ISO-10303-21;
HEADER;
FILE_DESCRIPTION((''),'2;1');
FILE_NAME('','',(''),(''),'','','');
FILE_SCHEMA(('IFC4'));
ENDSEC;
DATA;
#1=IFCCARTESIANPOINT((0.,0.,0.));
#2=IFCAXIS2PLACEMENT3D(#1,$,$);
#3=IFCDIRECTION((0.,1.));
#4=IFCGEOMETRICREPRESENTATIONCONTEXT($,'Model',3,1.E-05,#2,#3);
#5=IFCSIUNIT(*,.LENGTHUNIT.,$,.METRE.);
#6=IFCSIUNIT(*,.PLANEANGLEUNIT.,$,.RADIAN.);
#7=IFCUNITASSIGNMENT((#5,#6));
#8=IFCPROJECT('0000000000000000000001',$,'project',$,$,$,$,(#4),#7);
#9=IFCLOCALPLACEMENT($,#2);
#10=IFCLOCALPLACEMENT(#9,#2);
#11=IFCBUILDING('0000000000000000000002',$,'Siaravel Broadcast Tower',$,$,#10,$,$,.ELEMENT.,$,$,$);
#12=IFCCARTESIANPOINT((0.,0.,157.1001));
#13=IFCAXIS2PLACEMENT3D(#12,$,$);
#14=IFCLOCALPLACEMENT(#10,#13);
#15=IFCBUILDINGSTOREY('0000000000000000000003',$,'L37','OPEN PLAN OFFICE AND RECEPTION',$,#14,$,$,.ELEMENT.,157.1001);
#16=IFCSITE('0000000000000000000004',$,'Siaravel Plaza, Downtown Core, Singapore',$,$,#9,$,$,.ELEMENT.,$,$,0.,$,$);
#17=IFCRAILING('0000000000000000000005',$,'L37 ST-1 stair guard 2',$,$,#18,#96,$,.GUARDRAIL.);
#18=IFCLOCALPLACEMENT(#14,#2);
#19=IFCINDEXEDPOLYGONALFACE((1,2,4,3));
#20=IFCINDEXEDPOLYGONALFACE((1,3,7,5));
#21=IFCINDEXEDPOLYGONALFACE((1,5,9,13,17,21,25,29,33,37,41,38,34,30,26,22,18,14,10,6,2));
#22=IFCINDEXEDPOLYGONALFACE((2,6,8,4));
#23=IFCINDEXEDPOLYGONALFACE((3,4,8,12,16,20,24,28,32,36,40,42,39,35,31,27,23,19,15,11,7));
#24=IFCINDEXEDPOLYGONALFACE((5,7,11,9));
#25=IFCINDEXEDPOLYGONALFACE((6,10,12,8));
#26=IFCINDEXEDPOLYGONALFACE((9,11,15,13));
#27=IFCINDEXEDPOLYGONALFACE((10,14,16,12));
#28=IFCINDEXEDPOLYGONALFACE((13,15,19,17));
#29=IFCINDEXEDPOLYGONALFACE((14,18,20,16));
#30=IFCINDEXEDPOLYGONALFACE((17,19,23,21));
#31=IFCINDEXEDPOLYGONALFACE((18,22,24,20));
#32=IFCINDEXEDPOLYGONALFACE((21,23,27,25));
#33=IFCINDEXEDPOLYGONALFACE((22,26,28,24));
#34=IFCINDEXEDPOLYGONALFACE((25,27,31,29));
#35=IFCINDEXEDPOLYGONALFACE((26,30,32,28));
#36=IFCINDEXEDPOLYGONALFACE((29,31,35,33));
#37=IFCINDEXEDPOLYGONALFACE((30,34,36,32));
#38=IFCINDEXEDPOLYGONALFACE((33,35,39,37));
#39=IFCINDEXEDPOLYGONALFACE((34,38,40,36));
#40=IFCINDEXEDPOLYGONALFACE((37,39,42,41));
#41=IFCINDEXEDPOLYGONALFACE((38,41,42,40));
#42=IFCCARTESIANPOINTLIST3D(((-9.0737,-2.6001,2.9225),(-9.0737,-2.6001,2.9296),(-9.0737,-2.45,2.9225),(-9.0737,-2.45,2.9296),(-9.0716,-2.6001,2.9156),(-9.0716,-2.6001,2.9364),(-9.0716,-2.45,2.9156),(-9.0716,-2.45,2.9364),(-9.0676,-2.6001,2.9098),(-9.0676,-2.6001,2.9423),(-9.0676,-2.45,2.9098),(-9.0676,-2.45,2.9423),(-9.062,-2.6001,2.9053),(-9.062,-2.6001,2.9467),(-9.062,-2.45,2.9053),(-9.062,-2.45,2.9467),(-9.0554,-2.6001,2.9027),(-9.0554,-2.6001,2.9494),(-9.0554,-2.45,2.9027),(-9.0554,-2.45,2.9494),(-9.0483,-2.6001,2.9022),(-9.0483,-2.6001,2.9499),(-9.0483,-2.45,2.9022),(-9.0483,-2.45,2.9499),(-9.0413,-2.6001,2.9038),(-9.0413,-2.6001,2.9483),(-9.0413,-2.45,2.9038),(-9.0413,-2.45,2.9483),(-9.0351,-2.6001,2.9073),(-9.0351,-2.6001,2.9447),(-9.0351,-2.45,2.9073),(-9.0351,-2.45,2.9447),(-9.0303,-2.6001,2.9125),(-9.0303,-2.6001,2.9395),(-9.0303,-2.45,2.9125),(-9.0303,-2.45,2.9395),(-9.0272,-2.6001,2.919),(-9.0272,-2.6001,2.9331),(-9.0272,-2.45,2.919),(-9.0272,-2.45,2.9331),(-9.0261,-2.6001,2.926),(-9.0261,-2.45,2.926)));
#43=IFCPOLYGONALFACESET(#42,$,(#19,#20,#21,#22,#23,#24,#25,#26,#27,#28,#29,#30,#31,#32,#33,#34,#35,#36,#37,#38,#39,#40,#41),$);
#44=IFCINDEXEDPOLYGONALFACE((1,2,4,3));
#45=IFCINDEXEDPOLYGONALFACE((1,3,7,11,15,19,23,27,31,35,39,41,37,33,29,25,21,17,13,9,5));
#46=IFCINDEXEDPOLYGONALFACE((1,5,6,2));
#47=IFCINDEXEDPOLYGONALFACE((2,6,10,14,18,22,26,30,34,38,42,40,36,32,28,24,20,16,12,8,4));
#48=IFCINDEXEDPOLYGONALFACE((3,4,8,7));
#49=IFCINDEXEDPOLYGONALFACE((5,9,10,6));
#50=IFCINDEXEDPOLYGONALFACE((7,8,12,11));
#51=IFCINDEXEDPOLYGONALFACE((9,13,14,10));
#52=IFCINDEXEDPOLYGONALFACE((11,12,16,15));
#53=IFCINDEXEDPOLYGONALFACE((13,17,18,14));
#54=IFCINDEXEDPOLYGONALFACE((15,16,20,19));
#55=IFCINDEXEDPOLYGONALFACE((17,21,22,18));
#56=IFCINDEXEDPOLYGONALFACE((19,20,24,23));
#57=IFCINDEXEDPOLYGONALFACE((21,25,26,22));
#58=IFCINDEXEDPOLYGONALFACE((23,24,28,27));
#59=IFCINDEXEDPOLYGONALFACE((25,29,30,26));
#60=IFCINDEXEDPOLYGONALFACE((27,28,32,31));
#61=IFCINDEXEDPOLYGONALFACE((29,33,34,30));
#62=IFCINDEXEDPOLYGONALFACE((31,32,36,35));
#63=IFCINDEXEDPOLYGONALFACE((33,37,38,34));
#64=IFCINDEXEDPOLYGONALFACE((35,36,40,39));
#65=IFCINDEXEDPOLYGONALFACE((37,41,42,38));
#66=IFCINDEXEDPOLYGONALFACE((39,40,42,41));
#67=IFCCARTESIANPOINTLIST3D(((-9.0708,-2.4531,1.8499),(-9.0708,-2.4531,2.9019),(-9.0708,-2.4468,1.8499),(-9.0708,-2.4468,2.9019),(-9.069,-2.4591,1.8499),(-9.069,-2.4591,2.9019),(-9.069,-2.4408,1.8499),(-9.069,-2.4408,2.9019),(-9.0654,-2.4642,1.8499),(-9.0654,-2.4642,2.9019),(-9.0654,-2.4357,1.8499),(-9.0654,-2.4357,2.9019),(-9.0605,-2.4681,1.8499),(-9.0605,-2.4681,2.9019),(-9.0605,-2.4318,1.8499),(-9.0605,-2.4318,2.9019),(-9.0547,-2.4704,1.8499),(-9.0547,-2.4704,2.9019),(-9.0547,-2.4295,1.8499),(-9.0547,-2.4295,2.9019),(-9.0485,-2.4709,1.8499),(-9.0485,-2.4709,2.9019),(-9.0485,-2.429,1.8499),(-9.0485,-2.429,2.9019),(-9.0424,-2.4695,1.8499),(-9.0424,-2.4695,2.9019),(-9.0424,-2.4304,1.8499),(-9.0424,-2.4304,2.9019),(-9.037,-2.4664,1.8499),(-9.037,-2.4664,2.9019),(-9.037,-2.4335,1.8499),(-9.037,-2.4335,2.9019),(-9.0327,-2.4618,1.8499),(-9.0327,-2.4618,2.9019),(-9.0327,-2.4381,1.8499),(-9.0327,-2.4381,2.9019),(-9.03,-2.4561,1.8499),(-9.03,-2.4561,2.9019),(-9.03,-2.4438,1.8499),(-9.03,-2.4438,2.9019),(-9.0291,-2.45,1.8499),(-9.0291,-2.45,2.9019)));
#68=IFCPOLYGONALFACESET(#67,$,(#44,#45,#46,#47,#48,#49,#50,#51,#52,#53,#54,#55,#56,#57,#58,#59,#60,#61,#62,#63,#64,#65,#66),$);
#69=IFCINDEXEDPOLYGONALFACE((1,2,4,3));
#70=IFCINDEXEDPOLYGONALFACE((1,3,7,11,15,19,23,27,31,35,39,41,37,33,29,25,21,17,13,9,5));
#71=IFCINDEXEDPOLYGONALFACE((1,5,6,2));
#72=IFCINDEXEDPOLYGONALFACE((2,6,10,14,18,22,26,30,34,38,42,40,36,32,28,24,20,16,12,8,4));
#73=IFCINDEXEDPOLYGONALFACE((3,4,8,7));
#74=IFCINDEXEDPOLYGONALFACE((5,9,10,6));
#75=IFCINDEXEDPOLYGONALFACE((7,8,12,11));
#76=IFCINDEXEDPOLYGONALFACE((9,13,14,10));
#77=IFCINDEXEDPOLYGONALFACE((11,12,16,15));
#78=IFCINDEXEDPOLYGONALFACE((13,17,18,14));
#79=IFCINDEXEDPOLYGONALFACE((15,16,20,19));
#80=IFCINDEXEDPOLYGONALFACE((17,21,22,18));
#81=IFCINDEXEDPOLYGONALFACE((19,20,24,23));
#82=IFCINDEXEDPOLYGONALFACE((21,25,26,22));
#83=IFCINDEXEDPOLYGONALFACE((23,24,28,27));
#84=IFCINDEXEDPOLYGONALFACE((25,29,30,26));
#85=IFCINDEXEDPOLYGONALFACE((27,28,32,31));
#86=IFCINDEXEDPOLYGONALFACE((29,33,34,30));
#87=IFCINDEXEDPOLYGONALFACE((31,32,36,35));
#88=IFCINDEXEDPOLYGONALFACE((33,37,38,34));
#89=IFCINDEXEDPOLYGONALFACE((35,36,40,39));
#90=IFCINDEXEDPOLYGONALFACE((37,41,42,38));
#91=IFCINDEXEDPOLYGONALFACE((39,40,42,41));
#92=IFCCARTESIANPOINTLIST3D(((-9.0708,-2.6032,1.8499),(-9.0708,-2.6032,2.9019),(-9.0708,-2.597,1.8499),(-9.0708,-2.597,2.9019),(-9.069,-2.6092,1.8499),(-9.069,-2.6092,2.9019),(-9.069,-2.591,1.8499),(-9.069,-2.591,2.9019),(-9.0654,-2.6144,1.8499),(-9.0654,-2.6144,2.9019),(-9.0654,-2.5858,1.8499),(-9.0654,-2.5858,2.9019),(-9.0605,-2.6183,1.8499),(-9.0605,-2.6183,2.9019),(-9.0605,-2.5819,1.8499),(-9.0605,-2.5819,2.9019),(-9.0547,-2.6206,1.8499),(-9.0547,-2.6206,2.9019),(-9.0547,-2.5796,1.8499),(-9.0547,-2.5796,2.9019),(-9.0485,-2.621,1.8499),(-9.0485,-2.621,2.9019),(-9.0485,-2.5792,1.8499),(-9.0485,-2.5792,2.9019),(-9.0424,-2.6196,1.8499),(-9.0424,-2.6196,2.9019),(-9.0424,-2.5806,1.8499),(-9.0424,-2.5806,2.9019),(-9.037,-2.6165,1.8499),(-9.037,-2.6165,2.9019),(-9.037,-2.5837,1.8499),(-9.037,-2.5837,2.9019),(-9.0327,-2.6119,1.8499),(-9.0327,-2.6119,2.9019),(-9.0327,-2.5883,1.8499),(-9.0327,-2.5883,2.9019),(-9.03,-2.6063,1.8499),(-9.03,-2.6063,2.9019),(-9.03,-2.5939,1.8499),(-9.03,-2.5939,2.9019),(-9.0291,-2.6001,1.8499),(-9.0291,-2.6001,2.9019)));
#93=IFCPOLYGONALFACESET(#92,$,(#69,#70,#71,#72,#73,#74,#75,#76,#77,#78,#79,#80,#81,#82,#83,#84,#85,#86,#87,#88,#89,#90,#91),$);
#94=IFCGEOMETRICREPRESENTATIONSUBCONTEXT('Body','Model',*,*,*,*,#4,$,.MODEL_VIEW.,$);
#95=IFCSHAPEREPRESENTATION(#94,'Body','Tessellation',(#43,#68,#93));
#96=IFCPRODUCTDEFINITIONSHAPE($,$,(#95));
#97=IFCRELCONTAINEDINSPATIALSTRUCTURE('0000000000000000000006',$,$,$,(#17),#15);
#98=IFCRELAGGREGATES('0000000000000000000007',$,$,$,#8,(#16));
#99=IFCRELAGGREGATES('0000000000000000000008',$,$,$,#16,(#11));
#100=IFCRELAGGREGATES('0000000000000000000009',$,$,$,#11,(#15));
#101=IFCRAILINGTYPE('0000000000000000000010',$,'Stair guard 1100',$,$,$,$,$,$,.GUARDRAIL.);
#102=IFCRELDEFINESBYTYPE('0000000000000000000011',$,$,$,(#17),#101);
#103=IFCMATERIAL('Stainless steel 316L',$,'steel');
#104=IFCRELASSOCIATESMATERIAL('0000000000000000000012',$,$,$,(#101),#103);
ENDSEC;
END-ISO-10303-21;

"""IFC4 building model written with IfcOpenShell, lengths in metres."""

from ifc_helpers import new_model, si_unit, direction, frame, origin, origin_2d, place, context, subcontext, project, spatial, circle, extrude, material, type_object, element, save


model = new_model("IFC4")

# Units and contexts
model_context = context("Model", 3, precision=1e-05, world=origin(), true_north=direction((0.0, 1.0)))
body_context = subcontext(model_context, "Body", "Model", "MODEL_VIEW")
ifc_project = project(units=[si_unit("LENGTHUNIT", "METRE"), si_unit("PLANEANGLEUNIT", "RADIAN")], contexts=[model_context])

# Site, building, storey
site_placement = place(None, origin())
site = spatial("IfcSite", under=ifc_project, at=site_placement, Name="Siaravel Plaza, Downtown Core, Singapore", CompositionType="ELEMENT", RefElevation=0.0)
building_placement = place(site_placement, origin())
building = spatial("IfcBuilding", under=site, at=building_placement, Name="Siaravel Broadcast Tower", CompositionType="ELEMENT")
storey_placement = place(building_placement, frame((0.0, 0.0, 157.1001)))
storey = spatial("IfcBuildingStorey", under=building, at=storey_placement, Name="L37", Description="OPEN PLAN OFFICE AND RECEPTION", CompositionType="ELEMENT", Elevation=157.1001)

# Shared definitions
ifc_material_1 = material(Name="Stainless steel 316L", Category="steel")

# Railing
railing_type_1 = type_object("IfcRailingType", Name="Stair guard 1100", PredefinedType="GUARDRAIL", material=ifc_material_1)
railing_1_placement = place(storey_placement, frame((-9.05, -2.45, 1.8499)))
element("IfcRailing", 1, at=railing_1_placement, inside=storey, type_object=railing_type_1, Name="L37 ST-1 stair guard 2", PredefinedType="GUARDRAIL", context=body_context, shape_type="SweptSolid", body=[
    extrude(circle(Radius=0.0239, at=origin_2d()), frame((0.0, 0.0, 1.0762), z_axis=(0.0, -1.0, 0.0), x_axis=(1.0, 0.0, 0.0)), (0.0, 0.0, 1.0), 0.1501),
    extrude(circle(Radius=0.021, at=origin_2d()), origin(), (0.0, 0.0, 1.0), 1.052),
    extrude(circle(Radius=0.021, at=origin_2d()), frame((0.0, -0.1501, 0.0)), (0.0, 0.0, 1.0), 1.052),
])

save(model, "model.ifc")
